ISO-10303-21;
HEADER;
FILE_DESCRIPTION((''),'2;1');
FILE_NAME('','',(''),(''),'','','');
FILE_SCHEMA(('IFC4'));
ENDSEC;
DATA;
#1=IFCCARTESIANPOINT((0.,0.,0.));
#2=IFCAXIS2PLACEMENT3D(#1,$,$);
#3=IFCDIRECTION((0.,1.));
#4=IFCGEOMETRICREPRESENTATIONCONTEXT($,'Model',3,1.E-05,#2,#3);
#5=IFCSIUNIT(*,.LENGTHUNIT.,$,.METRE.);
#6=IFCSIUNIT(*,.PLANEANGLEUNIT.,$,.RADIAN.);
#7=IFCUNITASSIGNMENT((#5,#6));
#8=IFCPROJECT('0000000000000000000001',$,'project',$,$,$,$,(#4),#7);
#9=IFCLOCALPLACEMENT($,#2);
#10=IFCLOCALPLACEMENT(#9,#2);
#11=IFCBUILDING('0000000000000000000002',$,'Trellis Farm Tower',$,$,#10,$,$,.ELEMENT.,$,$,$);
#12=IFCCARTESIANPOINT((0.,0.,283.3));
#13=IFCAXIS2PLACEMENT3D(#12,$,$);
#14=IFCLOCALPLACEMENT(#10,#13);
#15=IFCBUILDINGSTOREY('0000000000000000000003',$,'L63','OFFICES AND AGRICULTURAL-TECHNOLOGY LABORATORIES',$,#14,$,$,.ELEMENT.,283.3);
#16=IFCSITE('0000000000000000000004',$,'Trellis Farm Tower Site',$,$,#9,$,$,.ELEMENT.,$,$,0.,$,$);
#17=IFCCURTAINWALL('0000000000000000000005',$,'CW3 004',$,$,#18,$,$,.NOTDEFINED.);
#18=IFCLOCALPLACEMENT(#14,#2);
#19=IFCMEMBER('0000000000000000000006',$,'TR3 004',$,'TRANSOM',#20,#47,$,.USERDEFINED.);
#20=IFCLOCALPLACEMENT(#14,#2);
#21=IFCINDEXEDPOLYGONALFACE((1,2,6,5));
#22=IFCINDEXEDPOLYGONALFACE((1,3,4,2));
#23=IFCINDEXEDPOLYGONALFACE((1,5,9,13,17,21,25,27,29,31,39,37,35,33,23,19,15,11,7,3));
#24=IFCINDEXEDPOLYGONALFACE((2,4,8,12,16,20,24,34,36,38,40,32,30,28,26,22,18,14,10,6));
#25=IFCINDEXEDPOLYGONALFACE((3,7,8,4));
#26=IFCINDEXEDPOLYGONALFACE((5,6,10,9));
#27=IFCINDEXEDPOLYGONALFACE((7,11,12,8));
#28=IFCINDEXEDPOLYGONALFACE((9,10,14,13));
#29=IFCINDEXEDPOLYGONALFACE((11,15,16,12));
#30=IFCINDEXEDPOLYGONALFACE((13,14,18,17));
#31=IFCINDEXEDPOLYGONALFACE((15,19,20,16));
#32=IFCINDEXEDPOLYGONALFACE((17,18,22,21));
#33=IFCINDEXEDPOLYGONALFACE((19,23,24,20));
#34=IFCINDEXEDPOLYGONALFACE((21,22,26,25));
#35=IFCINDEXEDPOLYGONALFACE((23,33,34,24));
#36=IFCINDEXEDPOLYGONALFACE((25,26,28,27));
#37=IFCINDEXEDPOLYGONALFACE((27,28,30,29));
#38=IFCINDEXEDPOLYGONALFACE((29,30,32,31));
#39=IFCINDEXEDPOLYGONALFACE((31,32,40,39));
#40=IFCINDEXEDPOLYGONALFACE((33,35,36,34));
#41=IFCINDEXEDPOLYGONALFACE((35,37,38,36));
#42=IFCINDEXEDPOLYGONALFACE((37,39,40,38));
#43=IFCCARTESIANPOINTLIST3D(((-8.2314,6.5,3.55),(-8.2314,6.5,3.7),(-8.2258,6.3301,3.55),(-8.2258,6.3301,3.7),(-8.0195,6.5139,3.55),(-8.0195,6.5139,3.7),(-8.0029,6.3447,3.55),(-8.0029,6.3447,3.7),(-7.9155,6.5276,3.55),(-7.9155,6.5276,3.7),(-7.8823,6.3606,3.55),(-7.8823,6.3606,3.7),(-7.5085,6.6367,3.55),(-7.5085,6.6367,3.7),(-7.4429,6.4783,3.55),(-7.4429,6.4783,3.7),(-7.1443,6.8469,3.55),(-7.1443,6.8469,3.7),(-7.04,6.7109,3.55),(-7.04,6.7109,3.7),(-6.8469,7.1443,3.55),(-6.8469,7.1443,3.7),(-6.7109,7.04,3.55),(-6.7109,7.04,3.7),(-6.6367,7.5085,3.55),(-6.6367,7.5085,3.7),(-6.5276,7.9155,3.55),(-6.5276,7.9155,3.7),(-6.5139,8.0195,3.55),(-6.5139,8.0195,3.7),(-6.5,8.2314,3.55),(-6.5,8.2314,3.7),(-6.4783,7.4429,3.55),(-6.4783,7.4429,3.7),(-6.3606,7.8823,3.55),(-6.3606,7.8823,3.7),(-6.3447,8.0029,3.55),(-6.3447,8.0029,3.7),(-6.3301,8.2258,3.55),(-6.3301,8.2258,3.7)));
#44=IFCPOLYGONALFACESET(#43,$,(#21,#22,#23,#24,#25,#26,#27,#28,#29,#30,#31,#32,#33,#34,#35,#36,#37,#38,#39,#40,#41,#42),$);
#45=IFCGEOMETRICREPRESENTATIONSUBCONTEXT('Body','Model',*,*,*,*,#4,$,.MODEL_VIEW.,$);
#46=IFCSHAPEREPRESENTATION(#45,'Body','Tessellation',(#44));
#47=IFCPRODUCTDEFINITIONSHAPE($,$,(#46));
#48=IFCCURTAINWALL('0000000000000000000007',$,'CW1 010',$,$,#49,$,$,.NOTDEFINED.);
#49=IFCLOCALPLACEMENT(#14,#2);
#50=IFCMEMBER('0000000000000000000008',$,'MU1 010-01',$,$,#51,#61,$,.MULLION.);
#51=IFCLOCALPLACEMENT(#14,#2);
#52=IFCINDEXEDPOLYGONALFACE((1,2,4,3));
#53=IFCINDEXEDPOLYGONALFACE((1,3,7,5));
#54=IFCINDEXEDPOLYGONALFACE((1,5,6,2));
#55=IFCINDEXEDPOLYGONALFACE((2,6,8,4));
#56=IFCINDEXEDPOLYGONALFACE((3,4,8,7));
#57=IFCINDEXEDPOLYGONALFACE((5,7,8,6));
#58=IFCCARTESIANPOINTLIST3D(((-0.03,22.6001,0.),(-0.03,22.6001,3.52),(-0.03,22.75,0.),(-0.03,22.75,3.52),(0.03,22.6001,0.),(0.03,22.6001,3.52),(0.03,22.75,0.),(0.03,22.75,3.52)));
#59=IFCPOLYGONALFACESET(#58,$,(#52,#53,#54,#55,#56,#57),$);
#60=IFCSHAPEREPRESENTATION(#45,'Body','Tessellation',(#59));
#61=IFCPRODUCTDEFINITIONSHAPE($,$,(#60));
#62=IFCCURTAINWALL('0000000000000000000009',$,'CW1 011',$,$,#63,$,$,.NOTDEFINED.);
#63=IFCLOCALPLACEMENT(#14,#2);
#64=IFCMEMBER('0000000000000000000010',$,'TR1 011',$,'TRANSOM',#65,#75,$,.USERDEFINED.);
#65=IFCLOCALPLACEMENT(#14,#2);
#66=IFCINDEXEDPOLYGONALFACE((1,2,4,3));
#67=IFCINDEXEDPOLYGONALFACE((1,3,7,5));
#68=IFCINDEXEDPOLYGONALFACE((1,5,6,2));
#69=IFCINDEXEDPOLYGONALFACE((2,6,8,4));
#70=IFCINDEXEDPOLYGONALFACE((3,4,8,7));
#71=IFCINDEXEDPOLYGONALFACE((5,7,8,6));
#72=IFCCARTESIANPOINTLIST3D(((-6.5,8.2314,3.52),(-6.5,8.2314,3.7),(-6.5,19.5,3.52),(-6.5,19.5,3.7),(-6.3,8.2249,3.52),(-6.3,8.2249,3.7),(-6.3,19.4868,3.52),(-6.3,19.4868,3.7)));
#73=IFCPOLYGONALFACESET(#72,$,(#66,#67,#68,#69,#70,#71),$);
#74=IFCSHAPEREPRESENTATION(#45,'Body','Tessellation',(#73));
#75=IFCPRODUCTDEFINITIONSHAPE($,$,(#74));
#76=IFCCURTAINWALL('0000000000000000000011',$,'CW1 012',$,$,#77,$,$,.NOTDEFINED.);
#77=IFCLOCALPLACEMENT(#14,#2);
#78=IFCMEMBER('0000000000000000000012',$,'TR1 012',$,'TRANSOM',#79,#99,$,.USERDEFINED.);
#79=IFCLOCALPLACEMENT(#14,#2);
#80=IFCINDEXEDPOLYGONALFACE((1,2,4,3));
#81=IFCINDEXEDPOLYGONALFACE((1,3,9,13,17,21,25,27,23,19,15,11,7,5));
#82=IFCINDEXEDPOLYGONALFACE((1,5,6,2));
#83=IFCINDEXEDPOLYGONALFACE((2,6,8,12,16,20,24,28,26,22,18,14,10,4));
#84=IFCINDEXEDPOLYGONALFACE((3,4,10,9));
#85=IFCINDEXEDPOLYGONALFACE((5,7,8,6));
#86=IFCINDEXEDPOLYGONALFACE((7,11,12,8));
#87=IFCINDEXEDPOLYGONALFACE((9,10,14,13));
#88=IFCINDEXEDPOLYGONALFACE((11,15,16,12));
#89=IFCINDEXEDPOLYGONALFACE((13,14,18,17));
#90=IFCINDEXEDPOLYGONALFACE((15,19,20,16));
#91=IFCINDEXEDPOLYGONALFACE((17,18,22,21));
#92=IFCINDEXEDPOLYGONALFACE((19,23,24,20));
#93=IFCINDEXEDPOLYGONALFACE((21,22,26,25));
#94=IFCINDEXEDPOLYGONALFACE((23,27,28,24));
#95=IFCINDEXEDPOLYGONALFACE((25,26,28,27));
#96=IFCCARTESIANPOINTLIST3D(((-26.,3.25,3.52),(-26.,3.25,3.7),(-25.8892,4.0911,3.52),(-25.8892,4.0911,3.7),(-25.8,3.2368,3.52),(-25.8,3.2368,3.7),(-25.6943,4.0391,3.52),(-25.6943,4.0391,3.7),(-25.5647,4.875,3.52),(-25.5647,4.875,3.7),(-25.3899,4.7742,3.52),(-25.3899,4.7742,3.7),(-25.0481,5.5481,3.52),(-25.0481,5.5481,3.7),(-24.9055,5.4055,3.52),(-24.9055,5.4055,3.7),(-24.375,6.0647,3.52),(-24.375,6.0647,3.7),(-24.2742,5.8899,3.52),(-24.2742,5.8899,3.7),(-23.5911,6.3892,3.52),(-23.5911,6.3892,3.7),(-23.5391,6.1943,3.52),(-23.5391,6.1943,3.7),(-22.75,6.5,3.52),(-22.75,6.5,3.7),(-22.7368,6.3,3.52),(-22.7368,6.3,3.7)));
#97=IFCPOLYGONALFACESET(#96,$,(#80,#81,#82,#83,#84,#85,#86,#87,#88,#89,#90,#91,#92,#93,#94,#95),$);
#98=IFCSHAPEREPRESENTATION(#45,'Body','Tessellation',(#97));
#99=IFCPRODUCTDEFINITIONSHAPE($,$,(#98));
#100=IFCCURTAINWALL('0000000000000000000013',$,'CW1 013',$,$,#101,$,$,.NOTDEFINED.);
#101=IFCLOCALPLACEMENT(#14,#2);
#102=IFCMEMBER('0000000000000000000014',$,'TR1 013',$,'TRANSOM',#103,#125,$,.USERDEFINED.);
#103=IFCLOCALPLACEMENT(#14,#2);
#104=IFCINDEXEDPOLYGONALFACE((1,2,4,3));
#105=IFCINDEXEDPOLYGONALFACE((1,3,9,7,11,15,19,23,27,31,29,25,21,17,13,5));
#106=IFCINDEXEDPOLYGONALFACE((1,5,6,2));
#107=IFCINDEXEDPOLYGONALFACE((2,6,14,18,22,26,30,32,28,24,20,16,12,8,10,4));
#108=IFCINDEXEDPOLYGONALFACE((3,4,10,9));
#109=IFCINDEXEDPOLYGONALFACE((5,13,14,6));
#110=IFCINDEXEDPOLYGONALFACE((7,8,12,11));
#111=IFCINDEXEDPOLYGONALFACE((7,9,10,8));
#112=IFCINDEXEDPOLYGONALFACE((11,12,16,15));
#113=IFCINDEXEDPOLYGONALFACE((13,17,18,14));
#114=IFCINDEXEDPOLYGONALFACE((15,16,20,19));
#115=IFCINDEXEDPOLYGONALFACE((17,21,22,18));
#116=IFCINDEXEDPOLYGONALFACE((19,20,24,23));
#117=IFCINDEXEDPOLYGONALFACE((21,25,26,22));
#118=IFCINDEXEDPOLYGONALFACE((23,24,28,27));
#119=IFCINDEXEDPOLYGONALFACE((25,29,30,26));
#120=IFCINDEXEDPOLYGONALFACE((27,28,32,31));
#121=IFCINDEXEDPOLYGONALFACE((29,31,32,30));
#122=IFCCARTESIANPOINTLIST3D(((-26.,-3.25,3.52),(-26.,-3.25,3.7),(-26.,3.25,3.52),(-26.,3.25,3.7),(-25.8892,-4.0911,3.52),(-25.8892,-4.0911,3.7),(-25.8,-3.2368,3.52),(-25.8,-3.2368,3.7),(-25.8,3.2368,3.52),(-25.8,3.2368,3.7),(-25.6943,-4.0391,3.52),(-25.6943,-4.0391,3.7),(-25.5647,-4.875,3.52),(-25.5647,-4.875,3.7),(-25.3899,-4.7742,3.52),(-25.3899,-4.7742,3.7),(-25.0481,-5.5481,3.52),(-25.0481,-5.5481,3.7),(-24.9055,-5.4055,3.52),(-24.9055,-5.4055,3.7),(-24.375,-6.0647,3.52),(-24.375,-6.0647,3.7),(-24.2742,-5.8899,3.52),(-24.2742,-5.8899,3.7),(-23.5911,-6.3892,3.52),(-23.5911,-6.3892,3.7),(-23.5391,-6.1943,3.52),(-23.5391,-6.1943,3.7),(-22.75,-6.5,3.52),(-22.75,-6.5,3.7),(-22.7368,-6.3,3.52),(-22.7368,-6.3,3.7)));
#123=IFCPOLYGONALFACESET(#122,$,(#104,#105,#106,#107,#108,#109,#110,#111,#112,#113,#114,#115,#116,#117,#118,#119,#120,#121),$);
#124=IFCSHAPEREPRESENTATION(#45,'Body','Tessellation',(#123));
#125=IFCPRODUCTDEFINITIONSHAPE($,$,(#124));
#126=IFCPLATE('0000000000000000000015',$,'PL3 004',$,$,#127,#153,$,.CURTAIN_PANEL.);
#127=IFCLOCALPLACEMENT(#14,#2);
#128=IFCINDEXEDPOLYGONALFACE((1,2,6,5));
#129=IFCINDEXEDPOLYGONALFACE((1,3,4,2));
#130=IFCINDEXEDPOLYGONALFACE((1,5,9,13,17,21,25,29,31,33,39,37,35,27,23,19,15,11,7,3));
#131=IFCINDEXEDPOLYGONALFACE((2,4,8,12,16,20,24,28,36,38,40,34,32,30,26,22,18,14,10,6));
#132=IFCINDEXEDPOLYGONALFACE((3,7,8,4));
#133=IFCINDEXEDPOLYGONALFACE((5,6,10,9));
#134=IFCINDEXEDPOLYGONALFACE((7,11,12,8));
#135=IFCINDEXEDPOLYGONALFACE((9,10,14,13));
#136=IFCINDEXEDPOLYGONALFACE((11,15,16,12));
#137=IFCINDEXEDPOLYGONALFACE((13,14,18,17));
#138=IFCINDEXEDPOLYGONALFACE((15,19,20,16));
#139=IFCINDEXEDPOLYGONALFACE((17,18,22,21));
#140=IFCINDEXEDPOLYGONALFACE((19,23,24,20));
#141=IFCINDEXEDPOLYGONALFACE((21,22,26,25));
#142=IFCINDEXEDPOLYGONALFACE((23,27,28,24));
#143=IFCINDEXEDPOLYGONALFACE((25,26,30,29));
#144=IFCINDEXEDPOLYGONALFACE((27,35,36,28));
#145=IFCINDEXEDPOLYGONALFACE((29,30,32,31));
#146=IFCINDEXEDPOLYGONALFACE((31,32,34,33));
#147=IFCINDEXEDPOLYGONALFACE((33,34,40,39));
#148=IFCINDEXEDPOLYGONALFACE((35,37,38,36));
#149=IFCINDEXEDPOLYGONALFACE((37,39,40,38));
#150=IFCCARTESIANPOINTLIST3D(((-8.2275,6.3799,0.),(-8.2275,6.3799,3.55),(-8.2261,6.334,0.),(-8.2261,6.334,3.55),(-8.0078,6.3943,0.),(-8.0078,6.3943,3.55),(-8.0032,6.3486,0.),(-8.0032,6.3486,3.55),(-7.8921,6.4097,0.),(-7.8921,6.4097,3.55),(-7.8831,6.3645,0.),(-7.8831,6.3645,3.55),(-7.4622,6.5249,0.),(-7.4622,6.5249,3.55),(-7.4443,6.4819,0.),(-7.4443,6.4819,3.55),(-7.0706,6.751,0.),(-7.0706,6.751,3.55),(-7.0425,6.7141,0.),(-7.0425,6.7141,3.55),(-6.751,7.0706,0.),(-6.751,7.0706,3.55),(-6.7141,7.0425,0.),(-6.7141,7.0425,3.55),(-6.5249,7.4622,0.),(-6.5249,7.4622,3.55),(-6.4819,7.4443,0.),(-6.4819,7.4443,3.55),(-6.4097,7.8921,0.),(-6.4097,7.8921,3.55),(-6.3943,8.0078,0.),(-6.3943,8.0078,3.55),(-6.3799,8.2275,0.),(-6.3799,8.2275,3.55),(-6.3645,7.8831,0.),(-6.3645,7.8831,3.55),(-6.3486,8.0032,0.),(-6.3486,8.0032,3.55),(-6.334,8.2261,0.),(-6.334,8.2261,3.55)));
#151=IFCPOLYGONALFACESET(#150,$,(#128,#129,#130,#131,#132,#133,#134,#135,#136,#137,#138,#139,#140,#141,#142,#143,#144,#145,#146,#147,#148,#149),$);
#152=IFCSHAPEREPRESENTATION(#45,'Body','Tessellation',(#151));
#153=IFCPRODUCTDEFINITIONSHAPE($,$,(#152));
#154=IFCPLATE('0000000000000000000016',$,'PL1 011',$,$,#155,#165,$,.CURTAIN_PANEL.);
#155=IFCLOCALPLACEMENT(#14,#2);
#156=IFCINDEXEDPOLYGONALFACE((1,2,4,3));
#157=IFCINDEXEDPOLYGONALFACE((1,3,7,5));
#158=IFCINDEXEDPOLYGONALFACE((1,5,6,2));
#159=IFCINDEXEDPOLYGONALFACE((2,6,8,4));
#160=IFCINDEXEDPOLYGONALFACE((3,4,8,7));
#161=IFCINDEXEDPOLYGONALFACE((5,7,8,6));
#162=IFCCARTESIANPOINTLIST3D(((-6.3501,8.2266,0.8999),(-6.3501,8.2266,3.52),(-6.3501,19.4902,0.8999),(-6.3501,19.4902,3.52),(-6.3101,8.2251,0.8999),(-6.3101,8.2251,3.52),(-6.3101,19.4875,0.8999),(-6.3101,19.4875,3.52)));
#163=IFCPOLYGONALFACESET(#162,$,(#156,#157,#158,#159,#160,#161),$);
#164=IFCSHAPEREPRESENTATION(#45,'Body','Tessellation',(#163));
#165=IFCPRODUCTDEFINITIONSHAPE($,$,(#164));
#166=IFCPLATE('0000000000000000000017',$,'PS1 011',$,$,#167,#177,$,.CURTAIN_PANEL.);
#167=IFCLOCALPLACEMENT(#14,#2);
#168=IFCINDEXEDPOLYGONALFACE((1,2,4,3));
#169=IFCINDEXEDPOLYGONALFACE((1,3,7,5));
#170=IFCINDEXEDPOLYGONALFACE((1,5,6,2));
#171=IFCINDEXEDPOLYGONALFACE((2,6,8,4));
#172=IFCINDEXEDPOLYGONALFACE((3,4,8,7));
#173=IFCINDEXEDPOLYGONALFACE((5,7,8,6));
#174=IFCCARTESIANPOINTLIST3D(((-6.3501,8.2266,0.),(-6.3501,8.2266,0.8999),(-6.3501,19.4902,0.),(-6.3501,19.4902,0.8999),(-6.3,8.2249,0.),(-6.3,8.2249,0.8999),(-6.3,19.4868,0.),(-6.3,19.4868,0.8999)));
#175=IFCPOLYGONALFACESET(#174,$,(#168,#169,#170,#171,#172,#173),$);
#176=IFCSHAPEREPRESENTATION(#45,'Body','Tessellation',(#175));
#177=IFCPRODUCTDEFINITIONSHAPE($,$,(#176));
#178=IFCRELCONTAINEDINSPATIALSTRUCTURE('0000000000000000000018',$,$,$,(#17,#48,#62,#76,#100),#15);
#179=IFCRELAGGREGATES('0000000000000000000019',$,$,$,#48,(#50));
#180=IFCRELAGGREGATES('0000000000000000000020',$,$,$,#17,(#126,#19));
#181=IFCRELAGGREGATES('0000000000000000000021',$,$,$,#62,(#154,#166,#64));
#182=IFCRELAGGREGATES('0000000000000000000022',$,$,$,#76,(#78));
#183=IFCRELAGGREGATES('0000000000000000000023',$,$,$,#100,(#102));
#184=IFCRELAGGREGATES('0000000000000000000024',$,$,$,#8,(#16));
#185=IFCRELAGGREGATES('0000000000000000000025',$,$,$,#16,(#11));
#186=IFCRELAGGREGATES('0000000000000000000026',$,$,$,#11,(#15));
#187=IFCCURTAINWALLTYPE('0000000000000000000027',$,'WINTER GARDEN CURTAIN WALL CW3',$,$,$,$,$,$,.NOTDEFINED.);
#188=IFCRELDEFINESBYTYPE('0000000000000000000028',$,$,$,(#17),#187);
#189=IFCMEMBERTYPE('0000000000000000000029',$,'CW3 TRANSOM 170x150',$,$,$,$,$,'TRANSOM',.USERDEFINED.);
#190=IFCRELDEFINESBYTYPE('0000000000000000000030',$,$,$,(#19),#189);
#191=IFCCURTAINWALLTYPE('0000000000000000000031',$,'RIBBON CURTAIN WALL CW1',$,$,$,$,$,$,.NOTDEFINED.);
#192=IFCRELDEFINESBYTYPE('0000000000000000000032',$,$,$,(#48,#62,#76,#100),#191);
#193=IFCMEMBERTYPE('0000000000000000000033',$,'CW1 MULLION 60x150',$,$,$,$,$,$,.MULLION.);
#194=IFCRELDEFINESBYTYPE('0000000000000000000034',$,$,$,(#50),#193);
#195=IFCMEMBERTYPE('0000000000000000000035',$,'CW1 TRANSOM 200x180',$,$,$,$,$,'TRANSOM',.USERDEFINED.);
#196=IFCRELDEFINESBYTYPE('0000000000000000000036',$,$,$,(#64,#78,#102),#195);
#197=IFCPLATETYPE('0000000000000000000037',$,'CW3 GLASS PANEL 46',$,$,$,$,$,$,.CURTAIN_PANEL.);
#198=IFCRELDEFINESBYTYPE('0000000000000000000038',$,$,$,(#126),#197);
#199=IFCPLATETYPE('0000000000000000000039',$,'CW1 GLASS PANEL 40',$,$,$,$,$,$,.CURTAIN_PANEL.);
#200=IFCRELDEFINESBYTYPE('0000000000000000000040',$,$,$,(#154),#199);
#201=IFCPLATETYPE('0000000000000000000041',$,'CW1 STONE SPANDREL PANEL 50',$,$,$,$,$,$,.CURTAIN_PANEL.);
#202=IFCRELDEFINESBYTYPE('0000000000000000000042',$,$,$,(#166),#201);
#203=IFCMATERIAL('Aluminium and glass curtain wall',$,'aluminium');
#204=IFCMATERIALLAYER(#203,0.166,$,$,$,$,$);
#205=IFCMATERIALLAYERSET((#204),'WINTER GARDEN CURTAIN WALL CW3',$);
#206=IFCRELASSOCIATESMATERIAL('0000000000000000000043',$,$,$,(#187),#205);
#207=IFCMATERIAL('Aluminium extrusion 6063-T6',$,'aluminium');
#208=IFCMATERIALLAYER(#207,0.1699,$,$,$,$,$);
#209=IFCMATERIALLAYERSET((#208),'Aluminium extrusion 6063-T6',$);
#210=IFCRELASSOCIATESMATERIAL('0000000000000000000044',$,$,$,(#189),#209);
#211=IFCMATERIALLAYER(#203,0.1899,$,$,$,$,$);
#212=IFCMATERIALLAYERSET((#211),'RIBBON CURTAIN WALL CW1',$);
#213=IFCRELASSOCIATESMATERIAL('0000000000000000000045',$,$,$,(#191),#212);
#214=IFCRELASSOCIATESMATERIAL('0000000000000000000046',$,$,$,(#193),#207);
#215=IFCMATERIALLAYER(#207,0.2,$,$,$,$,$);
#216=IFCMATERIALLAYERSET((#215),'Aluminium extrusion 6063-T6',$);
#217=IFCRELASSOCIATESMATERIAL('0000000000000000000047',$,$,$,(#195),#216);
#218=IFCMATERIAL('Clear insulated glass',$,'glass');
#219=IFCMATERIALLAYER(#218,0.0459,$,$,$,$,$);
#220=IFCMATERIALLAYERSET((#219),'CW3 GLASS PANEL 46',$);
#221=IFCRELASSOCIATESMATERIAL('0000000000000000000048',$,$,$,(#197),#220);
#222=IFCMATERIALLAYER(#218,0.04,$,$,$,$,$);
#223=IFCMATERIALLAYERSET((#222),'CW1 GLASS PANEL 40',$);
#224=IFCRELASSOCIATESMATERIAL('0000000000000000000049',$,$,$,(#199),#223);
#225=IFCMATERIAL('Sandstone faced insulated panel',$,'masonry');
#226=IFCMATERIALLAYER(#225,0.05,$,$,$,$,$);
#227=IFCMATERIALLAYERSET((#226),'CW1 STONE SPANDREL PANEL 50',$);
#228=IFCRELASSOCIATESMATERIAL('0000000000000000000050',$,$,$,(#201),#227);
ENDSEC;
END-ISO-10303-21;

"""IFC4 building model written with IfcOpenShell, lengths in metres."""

from ifc_helpers import new_model, si_unit, direction, frame, origin, origin_2d, place, context, subcontext, project, spatial, polyline, rectangle, outline, extrude, source, transform, mapped, material, layer, layer_set, material_profile, profile_set, type_object, element, aggregate, save


model = new_model("IFC4")

# Units and contexts
model_context = context("Model", 3, precision=1e-05, world=origin(), true_north=direction((0.0, 1.0)))
body_context = subcontext(model_context, "Body", "Model", "MODEL_VIEW")
ifc_project = project(units=[si_unit("LENGTHUNIT", "METRE"), si_unit("PLANEANGLEUNIT", "RADIAN")], contexts=[model_context])

# Site, building, storey
site_placement = place(None, origin())
site = spatial("IfcSite", under=ifc_project, at=site_placement, Name="Trellis Farm Tower Site", CompositionType="ELEMENT", RefElevation=0.0)
building_placement = place(site_placement, origin())
building = spatial("IfcBuilding", under=site, at=building_placement, Name="Trellis Farm Tower", CompositionType="ELEMENT")
storey_placement = place(building_placement, frame((0.0, 0.0, 283.3)))
storey = spatial("IfcBuildingStorey", under=building, at=storey_placement, Name="L63", Description="OFFICES AND AGRICULTURAL-TECHNOLOGY LABORATORIES", CompositionType="ELEMENT", Elevation=283.3)

# Curtain walls, members
ifc_material_1 = material(Name="Aluminium and glass curtain wall", Category="aluminium")
ifc_layer_1 = layer(ifc_material_1, 0.166)
ifc_layer_set_1 = layer_set([ifc_layer_1], Name="WINTER GARDEN CURTAIN WALL CW3")
curtain_wall_type_1 = type_object("IfcCurtainWallType", Name="WINTER GARDEN CURTAIN WALL CW3", PredefinedType="NOTDEFINED", material=ifc_layer_set_1)
placement_1 = place(storey_placement, origin())
curtain_wall_1 = element("IfcCurtainWall", 1, at=placement_1, inside=storey, type_object=curtain_wall_type_1, Name="CW3 004", PredefinedType="NOTDEFINED")
ifc_material_2 = material(Name="Aluminium extrusion 6063-T6", Category="aluminium")
ifc_layer_2 = layer(ifc_material_2, 0.1699)
ifc_layer_set_2 = layer_set([ifc_layer_2], Name="Aluminium extrusion 6063-T6")
member_type_1 = type_object("IfcMemberType", Name="CW3 TRANSOM 170x150", ElementType="TRANSOM", PredefinedType="USERDEFINED", material=ifc_layer_set_2)
shared_shape_1 = source(origin(), body_context, "Body", "SweptSolid", [
    extrude(outline(polyline([(-6.5, 8.2314), (-6.5139, 8.0195), (-6.5276, 7.9155), (-6.6367, 7.5085), (-6.8469, 7.1443), (-7.1443, 6.8469), (-7.5085, 6.6367), (-7.9155, 6.5276), (-8.0195, 6.5139), (-8.2314, 6.5), (-8.2258, 6.3301), (-8.0029, 6.3447), (-7.8823, 6.3606), (-7.4429, 6.4783), (-7.04, 6.7109), (-6.7109, 7.04), (-6.4783, 7.4429), (-6.3606, 7.8823), (-6.3447, 8.0029), (-6.3301, 8.2258), (-6.5, 8.2314)])), origin(), (0.0, 0.0, 1.0), 0.1499),
])
member_1_placement = place(storey_placement, frame((0.0, 0.0, 3.55)))
member_1 = element("IfcMember", 2, at=member_1_placement, type_object=member_type_1, Name="TR3 004", ObjectType="TRANSOM", PredefinedType="USERDEFINED", context=body_context, shape_type="MappedRepresentation", body=[
    mapped(shared_shape_1, transform((0.0, 0.0, 0.0))),
])
ifc_layer_3 = layer(ifc_material_1, 0.1899)
ifc_layer_set_3 = layer_set([ifc_layer_3], Name="RIBBON CURTAIN WALL CW1")
curtain_wall_type_2 = type_object("IfcCurtainWallType", Name="RIBBON CURTAIN WALL CW1", PredefinedType="NOTDEFINED", material=ifc_layer_set_3)
curtain_wall_2 = element("IfcCurtainWall", 3, at=placement_1, inside=storey, type_object=curtain_wall_type_2, Name="CW1 010", PredefinedType="NOTDEFINED")
ifc_material_profile = material_profile(ifc_material_2, rectangle(XDim=0.0601, YDim=0.1499, at=origin_2d()), Name="MULLION 60x150")
ifc_profile_set = profile_set([ifc_material_profile], Name="Aluminium extrusion 6063-T6")
member_type_2 = type_object("IfcMemberType", Name="CW1 MULLION 60x150", PredefinedType="MULLION", material=ifc_profile_set)
shared_shape_2 = source(origin(), body_context, "Body", "SweptSolid", [
    extrude(rectangle(XDim=0.0601, YDim=0.1499, at=origin_2d()), origin(), (0.0, 0.0, 1.0), 3.52),
])
member_2_placement = place(storey_placement, frame((0.0, 22.675, 0.0), z_axis=(0.0, 0.0, 1.0), x_axis=(-1.0, 0.0, 0.0)))
member_2 = element("IfcMember", 4, at=member_2_placement, type_object=member_type_2, Name="MU1 010-01", PredefinedType="MULLION", context=body_context, shape_type="MappedRepresentation", body=[
    mapped(shared_shape_2, transform((0.0, 0.0, 0.0))),
])
aggregate(curtain_wall_2, [member_2])
curtain_wall_3 = element("IfcCurtainWall", 5, at=placement_1, inside=storey, type_object=curtain_wall_type_2, Name="CW1 011", PredefinedType="NOTDEFINED")
ifc_layer_4 = layer(ifc_material_2, 0.2)
ifc_layer_set_4 = layer_set([ifc_layer_4], Name="Aluminium extrusion 6063-T6")
member_type_3 = type_object("IfcMemberType", Name="CW1 TRANSOM 200x180", ElementType="TRANSOM", PredefinedType="USERDEFINED", material=ifc_layer_set_4)
shared_shape_3 = source(origin(), body_context, "Body", "SweptSolid", [
    extrude(outline(polyline([(-6.5, 19.5), (-6.5, 8.2314), (-6.3, 8.2249), (-6.3, 19.4868), (-6.5, 19.5)])), origin(), (0.0, 0.0, 1.0), 0.1799),
])
placement_2 = place(storey_placement, frame((0.0, 0.0, 3.52)))
member_3 = element("IfcMember", 6, at=placement_2, type_object=member_type_3, Name="TR1 011", ObjectType="TRANSOM", PredefinedType="USERDEFINED", context=body_context, shape_type="MappedRepresentation", body=[
    mapped(shared_shape_3, transform((0.0, 0.0, 0.0))),
])
curtain_wall_4 = element("IfcCurtainWall", 7, at=placement_1, inside=storey, type_object=curtain_wall_type_2, Name="CW1 012", PredefinedType="NOTDEFINED")
shared_shape_4 = source(origin(), body_context, "Body", "SweptSolid", [
    extrude(outline(polyline([(-22.75, 6.5), (-23.5911, 6.3892), (-24.375, 6.0647), (-25.0481, 5.5481), (-25.5647, 4.875), (-25.8892, 4.0911), (-26.0, 3.25), (-25.8, 3.2368), (-25.6943, 4.0391), (-25.3899, 4.7742), (-24.9055, 5.4055), (-24.2742, 5.8899), (-23.5391, 6.1943), (-22.7368, 6.3), (-22.75, 6.5)])), origin(), (0.0, 0.0, 1.0), 0.1799),
])
member_4 = element("IfcMember", 8, at=placement_2, type_object=member_type_3, Name="TR1 012", ObjectType="TRANSOM", PredefinedType="USERDEFINED", context=body_context, shape_type="MappedRepresentation", body=[
    mapped(shared_shape_4, transform((0.0, 0.0, 0.0))),
])
curtain_wall_5 = element("IfcCurtainWall", 9, at=placement_1, inside=storey, type_object=curtain_wall_type_2, Name="CW1 013", PredefinedType="NOTDEFINED")
shared_shape_5 = source(origin(), body_context, "Body", "SweptSolid", [
    extrude(outline(polyline([(-26.0, 3.25), (-26.0, -3.25), (-25.8892, -4.0911), (-25.5647, -4.875), (-25.0481, -5.5481), (-24.375, -6.0647), (-23.5911, -6.3892), (-22.75, -6.5), (-22.7368, -6.3), (-23.5391, -6.1943), (-24.2742, -5.8899), (-24.9055, -5.4055), (-25.3899, -4.7742), (-25.6943, -4.0391), (-25.8, -3.2368), (-25.8, 3.2368), (-26.0, 3.25)])), origin(), (0.0, 0.0, 1.0), 0.1799),
])
member_5 = element("IfcMember", 10, at=placement_2, type_object=member_type_3, Name="TR1 013", ObjectType="TRANSOM", PredefinedType="USERDEFINED", context=body_context, shape_type="MappedRepresentation", body=[
    mapped(shared_shape_5, transform((0.0, 0.0, 0.0))),
])

# Plates
ifc_material_3 = material(Name="Clear insulated glass", Category="glass")
ifc_layer_5 = layer(ifc_material_3, 0.0459)
ifc_layer_set_5 = layer_set([ifc_layer_5], Name="CW3 GLASS PANEL 46")
plate_type_1 = type_object("IfcPlateType", Name="CW3 GLASS PANEL 46", PredefinedType="CURTAIN_PANEL", material=ifc_layer_set_5)
shared_shape_6 = source(origin(), body_context, "Body", "SweptSolid", [
    extrude(outline(polyline([(-6.3799, 8.2275), (-6.3943, 8.0078), (-6.4097, 7.8921), (-6.5249, 7.4622), (-6.751, 7.0706), (-7.0706, 6.751), (-7.4622, 6.5249), (-7.8921, 6.4097), (-8.0078, 6.3943), (-8.2275, 6.3799), (-8.2261, 6.334), (-8.0032, 6.3486), (-7.8831, 6.3645), (-7.4443, 6.4819), (-7.0425, 6.7141), (-6.7141, 7.0425), (-6.4819, 7.4443), (-6.3645, 7.8831), (-6.3486, 8.0032), (-6.334, 8.2261), (-6.3799, 8.2275)])), origin(), (0.0, 0.0, 1.0), 3.55),
])
plate_1 = element("IfcPlate", 11, at=placement_1, type_object=plate_type_1, Name="PL3 004", PredefinedType="CURTAIN_PANEL", context=body_context, shape_type="MappedRepresentation", body=[
    mapped(shared_shape_6, transform((0.0, 0.0, 0.0))),
])
aggregate(curtain_wall_1, [plate_1, member_1])
ifc_layer_6 = layer(ifc_material_3, 0.04)
ifc_layer_set_6 = layer_set([ifc_layer_6], Name="CW1 GLASS PANEL 40")
plate_type_2 = type_object("IfcPlateType", Name="CW1 GLASS PANEL 40", PredefinedType="CURTAIN_PANEL", material=ifc_layer_set_6)
shared_shape_7 = source(origin(), body_context, "Body", "SweptSolid", [
    extrude(outline(polyline([(-6.3501, 19.4902), (-6.3501, 8.2266), (-6.3101, 8.2251), (-6.3101, 19.4875), (-6.3501, 19.4902)])), origin(), (0.0, 0.0, 1.0), 2.6201),
])
placement_3 = place(storey_placement, frame((0.0, 0.0, 0.8999)))
plate_2 = element("IfcPlate", 12, at=placement_3, type_object=plate_type_2, Name="PL1 011", PredefinedType="CURTAIN_PANEL", context=body_context, shape_type="MappedRepresentation", body=[
    mapped(shared_shape_7, transform((0.0, 0.0, 0.0))),
])
ifc_material_4 = material(Name="Sandstone faced insulated panel", Category="masonry")
ifc_layer_7 = layer(ifc_material_4, 0.05)
ifc_layer_set_7 = layer_set([ifc_layer_7], Name="CW1 STONE SPANDREL PANEL 50")
plate_type_3 = type_object("IfcPlateType", Name="CW1 STONE SPANDREL PANEL 50", PredefinedType="CURTAIN_PANEL", material=ifc_layer_set_7)
shared_shape_8 = source(origin(), body_context, "Body", "SweptSolid", [
    extrude(outline(polyline([(-6.3501, 19.4902), (-6.3501, 8.2266), (-6.3, 8.2249), (-6.3, 19.4868), (-6.3501, 19.4902)])), origin(), (0.0, 0.0, 1.0), 0.8999),
])
plate_3 = element("IfcPlate", 13, at=placement_1, type_object=plate_type_3, Name="PS1 011", PredefinedType="CURTAIN_PANEL", context=body_context, shape_type="MappedRepresentation", body=[
    mapped(shared_shape_8, transform((0.0, 0.0, 0.0))),
])
aggregate(curtain_wall_3, [plate_2, plate_3, member_3])
aggregate(curtain_wall_4, [member_4])
aggregate(curtain_wall_5, [member_5])

save(model, "model.ifc")
